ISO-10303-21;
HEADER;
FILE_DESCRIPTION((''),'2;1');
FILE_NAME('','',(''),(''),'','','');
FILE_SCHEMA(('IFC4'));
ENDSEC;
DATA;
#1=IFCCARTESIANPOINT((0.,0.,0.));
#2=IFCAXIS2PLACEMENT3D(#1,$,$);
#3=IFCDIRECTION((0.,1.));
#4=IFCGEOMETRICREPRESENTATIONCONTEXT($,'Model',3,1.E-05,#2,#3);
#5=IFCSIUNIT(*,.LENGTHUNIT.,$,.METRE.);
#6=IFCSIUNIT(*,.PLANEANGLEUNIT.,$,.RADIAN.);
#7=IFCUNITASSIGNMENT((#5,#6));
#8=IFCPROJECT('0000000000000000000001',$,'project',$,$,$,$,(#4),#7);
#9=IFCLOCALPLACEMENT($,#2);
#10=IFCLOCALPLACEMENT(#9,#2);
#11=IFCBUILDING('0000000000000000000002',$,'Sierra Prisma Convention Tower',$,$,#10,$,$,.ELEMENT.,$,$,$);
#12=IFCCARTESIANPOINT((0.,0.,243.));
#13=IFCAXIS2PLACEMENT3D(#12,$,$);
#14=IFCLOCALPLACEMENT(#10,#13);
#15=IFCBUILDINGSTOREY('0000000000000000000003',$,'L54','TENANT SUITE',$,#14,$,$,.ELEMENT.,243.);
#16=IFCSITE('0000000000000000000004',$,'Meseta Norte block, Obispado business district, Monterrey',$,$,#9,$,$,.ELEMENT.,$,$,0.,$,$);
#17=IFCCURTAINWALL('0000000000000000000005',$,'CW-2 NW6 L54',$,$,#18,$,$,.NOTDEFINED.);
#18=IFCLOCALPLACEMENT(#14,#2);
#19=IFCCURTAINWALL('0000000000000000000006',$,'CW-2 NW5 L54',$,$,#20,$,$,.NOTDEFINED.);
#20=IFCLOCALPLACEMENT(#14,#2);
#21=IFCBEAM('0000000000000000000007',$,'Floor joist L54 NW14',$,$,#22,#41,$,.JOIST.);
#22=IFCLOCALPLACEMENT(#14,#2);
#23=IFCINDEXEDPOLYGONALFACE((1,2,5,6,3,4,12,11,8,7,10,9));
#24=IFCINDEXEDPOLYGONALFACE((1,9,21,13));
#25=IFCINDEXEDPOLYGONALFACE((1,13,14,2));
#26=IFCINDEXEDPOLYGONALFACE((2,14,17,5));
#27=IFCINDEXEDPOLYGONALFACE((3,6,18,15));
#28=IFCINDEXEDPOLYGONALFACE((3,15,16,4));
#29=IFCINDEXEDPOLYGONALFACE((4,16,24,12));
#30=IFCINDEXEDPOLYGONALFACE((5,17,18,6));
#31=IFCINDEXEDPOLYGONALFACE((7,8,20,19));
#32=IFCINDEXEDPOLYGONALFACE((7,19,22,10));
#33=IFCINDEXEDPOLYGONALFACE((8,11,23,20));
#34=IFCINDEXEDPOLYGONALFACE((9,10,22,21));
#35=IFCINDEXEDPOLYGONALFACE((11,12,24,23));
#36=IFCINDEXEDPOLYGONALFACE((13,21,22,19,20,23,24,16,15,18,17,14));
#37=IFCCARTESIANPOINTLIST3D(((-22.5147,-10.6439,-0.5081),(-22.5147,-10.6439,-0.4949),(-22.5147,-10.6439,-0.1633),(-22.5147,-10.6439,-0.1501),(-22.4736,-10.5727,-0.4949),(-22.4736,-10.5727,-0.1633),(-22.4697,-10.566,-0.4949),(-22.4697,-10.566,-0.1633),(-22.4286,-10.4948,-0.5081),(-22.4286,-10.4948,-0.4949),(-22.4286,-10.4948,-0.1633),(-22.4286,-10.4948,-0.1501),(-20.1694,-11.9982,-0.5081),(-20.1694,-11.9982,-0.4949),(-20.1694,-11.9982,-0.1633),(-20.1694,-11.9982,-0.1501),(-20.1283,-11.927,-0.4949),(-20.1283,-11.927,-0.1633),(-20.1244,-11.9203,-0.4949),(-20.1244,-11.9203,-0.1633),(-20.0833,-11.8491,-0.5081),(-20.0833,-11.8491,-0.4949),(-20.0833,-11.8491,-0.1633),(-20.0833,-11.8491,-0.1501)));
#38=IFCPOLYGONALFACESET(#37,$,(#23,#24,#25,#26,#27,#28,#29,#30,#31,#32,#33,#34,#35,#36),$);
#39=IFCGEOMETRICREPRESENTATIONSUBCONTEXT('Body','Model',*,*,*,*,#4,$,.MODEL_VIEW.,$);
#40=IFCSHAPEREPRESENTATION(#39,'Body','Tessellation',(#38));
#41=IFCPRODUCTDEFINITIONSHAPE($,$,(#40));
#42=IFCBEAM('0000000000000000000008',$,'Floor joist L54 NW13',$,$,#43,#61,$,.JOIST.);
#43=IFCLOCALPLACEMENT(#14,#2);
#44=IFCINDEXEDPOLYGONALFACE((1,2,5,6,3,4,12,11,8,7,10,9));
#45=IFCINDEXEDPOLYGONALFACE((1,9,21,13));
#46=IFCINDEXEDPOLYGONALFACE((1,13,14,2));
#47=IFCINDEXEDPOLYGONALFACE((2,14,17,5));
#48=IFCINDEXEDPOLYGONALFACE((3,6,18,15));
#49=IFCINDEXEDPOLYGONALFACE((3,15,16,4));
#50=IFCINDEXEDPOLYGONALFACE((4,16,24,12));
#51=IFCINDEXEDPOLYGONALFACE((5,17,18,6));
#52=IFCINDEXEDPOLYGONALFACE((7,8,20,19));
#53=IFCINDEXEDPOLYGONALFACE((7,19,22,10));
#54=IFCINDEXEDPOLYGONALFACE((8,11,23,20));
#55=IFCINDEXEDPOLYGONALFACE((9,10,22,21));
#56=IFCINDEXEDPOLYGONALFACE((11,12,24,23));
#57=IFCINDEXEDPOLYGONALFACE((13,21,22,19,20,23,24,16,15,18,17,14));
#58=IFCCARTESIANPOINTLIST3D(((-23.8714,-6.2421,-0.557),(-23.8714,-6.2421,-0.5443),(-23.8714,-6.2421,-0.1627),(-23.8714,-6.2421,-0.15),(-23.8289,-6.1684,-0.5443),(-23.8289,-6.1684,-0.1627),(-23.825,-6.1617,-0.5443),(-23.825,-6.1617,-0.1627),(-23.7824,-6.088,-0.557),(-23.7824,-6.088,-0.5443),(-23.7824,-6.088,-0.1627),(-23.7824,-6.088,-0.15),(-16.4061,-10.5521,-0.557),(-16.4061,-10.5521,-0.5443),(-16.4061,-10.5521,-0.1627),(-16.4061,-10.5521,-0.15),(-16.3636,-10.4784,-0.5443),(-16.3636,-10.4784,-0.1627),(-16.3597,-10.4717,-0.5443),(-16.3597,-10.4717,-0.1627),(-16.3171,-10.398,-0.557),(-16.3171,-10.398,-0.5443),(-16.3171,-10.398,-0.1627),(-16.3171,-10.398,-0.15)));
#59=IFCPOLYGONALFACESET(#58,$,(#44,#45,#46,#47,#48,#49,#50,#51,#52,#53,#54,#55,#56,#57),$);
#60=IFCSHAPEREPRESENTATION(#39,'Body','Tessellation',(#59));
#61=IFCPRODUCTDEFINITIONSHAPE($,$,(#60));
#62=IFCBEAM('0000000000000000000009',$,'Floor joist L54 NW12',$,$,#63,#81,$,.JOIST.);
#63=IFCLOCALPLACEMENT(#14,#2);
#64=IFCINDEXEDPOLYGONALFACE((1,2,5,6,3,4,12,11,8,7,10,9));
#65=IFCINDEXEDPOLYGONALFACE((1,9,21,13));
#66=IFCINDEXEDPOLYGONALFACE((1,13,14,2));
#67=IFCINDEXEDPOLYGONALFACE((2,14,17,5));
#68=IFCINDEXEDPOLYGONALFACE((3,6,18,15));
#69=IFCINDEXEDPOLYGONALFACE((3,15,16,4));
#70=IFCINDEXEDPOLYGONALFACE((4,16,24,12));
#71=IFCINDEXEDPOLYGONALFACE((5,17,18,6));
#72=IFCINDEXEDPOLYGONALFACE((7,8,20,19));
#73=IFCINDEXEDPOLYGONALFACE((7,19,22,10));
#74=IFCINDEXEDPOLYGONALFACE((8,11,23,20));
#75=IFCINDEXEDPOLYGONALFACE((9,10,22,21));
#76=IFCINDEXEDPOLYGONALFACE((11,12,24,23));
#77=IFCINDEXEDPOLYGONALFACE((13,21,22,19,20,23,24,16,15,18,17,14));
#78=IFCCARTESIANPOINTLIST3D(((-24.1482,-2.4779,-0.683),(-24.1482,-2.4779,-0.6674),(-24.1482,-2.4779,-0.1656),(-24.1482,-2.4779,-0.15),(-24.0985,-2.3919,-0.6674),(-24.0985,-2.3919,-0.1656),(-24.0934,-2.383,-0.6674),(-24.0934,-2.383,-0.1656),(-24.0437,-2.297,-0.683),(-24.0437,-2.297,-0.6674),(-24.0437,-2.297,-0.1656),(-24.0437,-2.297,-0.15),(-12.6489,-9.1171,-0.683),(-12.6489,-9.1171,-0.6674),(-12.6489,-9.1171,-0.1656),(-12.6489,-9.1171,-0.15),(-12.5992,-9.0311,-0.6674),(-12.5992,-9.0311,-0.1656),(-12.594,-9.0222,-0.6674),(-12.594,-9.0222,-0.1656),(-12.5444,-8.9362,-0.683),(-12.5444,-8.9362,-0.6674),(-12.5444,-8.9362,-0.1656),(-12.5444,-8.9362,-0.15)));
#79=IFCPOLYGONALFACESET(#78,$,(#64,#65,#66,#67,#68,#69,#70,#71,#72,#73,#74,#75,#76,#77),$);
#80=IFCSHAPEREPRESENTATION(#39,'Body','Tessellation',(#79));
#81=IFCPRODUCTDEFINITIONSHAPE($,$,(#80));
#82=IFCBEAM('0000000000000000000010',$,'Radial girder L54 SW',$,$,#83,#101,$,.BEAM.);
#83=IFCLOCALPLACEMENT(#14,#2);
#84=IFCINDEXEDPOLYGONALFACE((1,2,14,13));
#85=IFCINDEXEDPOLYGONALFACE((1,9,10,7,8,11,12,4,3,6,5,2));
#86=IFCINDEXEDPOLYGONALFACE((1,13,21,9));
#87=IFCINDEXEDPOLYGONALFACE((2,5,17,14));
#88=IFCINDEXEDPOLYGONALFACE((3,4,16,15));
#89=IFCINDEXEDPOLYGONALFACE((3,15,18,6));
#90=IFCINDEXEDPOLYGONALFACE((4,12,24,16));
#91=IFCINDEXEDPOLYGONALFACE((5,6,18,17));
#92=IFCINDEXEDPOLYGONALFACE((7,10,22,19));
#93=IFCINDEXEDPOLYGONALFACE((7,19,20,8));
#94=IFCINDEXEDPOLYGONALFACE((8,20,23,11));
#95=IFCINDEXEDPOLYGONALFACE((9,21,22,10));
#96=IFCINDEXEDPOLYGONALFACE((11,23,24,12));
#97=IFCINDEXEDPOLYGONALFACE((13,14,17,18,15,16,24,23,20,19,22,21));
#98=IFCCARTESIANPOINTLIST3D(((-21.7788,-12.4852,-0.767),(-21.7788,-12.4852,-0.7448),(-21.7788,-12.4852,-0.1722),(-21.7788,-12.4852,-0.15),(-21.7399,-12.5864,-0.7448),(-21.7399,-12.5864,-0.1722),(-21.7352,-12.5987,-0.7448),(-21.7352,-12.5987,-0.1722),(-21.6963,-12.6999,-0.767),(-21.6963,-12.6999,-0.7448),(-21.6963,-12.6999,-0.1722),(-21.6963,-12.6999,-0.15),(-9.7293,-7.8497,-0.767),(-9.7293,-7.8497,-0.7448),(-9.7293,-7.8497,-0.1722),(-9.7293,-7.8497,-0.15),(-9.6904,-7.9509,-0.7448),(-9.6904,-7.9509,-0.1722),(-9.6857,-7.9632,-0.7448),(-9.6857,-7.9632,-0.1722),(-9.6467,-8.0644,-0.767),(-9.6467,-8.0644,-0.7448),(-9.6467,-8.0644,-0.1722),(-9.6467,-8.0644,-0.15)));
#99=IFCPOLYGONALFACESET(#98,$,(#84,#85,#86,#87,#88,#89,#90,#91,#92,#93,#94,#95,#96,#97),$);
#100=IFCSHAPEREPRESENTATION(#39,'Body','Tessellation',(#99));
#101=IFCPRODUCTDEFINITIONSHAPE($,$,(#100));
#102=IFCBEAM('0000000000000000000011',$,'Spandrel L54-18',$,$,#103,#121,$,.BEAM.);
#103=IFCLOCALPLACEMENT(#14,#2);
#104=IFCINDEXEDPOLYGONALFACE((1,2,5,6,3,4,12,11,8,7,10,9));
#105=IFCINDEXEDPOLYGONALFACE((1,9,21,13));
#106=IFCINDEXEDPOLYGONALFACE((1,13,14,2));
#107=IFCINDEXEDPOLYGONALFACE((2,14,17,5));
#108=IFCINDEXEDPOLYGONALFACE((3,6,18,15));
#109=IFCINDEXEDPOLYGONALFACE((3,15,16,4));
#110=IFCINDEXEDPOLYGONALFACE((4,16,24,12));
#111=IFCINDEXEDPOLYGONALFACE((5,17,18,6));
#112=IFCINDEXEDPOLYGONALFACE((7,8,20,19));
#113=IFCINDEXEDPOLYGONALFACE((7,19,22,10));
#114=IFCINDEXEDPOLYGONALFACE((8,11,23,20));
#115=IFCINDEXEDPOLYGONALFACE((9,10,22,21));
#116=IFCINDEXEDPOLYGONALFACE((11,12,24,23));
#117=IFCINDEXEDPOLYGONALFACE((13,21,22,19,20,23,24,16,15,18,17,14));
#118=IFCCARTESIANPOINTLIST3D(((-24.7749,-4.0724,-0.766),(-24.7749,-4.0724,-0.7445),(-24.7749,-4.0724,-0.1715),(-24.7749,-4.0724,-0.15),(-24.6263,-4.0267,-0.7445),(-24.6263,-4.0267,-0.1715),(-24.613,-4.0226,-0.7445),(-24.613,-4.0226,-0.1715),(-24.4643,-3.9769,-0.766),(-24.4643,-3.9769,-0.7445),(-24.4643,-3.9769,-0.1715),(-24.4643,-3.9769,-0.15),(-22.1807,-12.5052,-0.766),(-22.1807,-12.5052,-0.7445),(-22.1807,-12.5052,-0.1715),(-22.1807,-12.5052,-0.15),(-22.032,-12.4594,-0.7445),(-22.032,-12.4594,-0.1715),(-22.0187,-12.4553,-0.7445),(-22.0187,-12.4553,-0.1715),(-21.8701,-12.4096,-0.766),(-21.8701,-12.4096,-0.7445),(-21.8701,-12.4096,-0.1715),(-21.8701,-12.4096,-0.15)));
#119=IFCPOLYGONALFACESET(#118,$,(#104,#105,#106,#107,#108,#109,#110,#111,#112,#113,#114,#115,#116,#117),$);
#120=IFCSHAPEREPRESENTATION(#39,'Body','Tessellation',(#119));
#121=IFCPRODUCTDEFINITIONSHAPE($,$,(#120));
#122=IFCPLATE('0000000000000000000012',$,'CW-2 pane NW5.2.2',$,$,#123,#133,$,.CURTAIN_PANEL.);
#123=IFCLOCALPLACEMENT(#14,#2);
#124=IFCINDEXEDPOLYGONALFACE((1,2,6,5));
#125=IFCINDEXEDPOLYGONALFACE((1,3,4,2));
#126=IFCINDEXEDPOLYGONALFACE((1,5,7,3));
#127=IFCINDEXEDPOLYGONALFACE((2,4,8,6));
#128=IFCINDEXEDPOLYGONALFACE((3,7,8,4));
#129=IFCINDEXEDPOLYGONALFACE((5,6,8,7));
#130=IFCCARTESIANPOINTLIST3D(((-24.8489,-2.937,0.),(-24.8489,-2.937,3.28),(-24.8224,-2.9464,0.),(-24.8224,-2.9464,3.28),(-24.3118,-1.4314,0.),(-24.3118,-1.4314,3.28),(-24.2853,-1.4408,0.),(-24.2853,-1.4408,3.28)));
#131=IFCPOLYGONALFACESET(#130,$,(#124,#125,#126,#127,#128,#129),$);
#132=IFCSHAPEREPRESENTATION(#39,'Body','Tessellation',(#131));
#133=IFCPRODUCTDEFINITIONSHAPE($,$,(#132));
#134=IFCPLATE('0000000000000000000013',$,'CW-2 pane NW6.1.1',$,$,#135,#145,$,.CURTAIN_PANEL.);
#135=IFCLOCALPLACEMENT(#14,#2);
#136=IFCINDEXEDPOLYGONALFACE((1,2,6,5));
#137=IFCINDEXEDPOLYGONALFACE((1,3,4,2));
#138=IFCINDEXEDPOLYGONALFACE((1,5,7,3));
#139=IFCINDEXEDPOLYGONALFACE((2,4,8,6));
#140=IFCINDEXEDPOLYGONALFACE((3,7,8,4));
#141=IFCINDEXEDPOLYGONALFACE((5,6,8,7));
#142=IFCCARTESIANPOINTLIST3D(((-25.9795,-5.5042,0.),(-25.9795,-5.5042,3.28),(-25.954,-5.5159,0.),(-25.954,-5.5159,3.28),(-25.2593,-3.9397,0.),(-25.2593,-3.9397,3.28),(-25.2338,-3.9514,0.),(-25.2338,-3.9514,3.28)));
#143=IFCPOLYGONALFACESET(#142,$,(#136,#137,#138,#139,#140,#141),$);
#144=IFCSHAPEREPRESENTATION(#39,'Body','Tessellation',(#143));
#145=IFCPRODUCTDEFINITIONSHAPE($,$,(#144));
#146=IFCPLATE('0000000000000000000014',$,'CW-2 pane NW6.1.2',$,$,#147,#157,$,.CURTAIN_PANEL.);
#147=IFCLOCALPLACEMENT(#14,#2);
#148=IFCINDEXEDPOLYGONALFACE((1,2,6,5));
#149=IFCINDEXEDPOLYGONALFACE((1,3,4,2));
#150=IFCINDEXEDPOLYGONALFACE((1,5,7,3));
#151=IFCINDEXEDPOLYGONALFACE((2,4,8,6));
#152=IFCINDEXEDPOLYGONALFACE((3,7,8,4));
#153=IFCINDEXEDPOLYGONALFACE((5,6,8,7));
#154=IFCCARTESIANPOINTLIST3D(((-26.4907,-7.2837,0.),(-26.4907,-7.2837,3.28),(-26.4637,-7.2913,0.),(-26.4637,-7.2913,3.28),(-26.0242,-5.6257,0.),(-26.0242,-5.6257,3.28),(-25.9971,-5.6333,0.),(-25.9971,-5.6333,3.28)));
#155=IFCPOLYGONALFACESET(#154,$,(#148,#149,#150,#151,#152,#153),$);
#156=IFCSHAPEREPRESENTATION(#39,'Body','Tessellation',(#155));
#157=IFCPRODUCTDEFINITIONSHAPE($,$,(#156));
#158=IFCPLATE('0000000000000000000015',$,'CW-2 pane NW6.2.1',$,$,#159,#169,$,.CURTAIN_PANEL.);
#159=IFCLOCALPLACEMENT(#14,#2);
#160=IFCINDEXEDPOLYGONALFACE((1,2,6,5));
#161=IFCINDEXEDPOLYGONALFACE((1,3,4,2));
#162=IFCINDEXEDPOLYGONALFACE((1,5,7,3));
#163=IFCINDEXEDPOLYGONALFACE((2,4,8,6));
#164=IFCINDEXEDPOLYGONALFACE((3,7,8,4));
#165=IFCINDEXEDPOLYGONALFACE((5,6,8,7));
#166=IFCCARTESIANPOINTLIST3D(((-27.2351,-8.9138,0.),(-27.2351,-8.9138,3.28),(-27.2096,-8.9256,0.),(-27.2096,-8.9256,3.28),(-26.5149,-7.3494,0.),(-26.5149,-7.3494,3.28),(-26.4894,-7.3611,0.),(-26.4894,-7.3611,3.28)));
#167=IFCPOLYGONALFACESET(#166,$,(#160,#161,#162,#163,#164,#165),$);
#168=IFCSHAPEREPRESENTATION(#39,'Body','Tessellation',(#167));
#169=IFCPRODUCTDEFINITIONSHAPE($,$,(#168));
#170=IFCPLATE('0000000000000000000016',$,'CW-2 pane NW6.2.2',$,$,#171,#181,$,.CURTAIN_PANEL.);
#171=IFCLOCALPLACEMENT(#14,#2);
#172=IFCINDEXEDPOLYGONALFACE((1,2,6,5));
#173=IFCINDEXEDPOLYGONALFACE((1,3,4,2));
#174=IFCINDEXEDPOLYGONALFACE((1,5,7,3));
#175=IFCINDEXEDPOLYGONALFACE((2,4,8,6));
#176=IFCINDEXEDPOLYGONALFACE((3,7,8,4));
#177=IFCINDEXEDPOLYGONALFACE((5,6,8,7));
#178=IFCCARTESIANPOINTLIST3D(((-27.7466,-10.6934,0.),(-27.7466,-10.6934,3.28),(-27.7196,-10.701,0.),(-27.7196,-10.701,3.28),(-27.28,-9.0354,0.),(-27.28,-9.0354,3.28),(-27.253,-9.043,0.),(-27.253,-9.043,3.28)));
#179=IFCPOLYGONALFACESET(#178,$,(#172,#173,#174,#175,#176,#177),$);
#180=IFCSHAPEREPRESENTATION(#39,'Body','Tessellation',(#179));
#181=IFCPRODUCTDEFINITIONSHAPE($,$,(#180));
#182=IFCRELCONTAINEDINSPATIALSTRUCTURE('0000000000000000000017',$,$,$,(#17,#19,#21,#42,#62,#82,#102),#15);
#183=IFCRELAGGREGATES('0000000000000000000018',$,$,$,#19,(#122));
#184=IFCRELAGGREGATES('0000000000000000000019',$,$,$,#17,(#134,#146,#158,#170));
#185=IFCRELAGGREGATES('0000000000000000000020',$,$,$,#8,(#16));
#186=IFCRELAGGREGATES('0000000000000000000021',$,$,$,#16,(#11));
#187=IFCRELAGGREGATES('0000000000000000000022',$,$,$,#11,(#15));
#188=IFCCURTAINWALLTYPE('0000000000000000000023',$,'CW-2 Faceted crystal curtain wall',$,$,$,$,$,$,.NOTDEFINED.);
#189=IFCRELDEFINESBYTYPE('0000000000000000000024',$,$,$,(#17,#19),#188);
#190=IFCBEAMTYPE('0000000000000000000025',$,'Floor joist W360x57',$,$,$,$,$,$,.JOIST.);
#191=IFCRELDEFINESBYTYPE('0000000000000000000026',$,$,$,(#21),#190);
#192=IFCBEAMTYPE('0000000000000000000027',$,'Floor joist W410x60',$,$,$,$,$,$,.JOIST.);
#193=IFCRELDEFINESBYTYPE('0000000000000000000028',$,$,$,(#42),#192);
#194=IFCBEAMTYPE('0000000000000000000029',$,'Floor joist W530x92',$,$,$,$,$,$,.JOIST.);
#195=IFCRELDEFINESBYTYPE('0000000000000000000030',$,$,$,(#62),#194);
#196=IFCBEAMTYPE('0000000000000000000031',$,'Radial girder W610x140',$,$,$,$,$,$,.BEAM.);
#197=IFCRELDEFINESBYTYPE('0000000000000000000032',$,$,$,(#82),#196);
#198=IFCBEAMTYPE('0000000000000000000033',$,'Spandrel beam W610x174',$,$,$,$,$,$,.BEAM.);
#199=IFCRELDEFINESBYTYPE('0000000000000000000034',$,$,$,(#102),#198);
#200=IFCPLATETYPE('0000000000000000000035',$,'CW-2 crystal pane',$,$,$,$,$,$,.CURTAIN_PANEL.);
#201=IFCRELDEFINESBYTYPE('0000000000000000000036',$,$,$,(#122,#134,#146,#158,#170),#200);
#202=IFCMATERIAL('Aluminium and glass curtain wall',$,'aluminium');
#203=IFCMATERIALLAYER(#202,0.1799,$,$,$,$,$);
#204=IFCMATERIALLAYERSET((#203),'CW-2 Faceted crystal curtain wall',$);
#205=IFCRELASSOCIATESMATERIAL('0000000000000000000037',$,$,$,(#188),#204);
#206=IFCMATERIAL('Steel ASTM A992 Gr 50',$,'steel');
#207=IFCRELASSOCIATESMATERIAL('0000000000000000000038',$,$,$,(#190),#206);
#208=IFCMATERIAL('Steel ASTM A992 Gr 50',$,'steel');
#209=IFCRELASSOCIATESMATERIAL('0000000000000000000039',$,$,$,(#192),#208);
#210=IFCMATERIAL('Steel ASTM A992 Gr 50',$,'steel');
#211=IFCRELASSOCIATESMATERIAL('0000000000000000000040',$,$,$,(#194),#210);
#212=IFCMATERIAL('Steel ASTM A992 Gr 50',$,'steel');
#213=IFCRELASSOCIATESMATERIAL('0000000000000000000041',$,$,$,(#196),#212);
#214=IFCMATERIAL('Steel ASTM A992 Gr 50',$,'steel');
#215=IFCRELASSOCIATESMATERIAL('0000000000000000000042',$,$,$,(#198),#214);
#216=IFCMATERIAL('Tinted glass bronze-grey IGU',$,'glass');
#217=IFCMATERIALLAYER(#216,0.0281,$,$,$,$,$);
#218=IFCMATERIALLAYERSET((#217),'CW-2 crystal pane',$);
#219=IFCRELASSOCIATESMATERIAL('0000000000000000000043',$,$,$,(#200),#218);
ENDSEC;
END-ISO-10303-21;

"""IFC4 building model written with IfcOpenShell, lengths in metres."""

from ifc_helpers import new_model, si_unit, direction, frame, origin, origin_2d, place, context, subcontext, project, spatial, polyline, i_section, outline, extrude, material, layer, layer_set, material_profile, profile_set, type_object, element, aggregate, save


model = new_model("IFC4")

# Units and contexts
model_context = context("Model", 3, precision=1e-05, world=origin(), true_north=direction((0.0, 1.0)))
body_context = subcontext(model_context, "Body", "Model", "MODEL_VIEW")
ifc_project = project(units=[si_unit("LENGTHUNIT", "METRE"), si_unit("PLANEANGLEUNIT", "RADIAN")], contexts=[model_context])

# Site, building, storey
site_placement = place(None, origin())
site = spatial("IfcSite", under=ifc_project, at=site_placement, Name="Meseta Norte block, Obispado business district, Monterrey", CompositionType="ELEMENT", RefElevation=0.0)
building_placement = place(site_placement, origin())
building = spatial("IfcBuilding", under=site, at=building_placement, Name="Sierra Prisma Convention Tower", CompositionType="ELEMENT")
storey_placement = place(building_placement, frame((0.0, 0.0, 243.0)))
storey = spatial("IfcBuildingStorey", under=building, at=storey_placement, Name="L54", Description="TENANT SUITE", CompositionType="ELEMENT", Elevation=243.0)

# Curtain wall
ifc_material_1 = material(Name="Aluminium and glass curtain wall", Category="aluminium")
ifc_layer_1 = layer(ifc_material_1, 0.1799)
ifc_layer_set_1 = layer_set([ifc_layer_1], Name="CW-2 Faceted crystal curtain wall")
curtain_wall_type = type_object("IfcCurtainWallType", Name="CW-2 Faceted crystal curtain wall", PredefinedType="NOTDEFINED", material=ifc_layer_set_1)
curtain_wall_1_placement = place(storey_placement, origin())
curtain_wall_1 = element("IfcCurtainWall", 1, at=curtain_wall_1_placement, inside=storey, type_object=curtain_wall_type, Name="CW-2 NW6 L54", PredefinedType="NOTDEFINED")

# Curtain wall
curtain_wall_2_placement = place(storey_placement, origin())
curtain_wall_2 = element("IfcCurtainWall", 2, at=curtain_wall_2_placement, inside=storey, type_object=curtain_wall_type, Name="CW-2 NW5 L54", PredefinedType="NOTDEFINED")

# Beams
ifc_material_2 = material(Name="Steel ASTM A992 Gr 50", Category="steel")
ifc_material_profile_1 = material_profile(ifc_material_2, i_section(OverallWidth=0.1721, OverallDepth=0.3579, WebThickness=0.0078, FlangeThickness=0.0132, at=origin_2d()), Name="W360x57")
ifc_profile_set_1 = profile_set([ifc_material_profile_1], Name="Steel ASTM A992 Gr 50")
beam_type_1 = type_object("IfcBeamType", Name="Floor joist W360x57", PredefinedType="JOIST", material=ifc_profile_set_1)
beam_1_placement = place(storey_placement, frame((-22.4717, -10.5693, -0.3291), z_axis=(0.865987, -0.500066, 0.0), x_axis=(0.500066, 0.865987, 0.0)))
element("IfcBeam", 3, at=beam_1_placement, inside=storey, type_object=beam_type_1, Name="Floor joist L54 NW14", PredefinedType="JOIST", context=body_context, shape_type="SweptSolid", body=[
    extrude(i_section(OverallWidth=0.1721, OverallDepth=0.3579, WebThickness=0.0078, FlangeThickness=0.0132, at=origin_2d()), origin(), (0.0, 0.0, 1.0), 2.7083),
])
ifc_material_3 = material(Name="Steel ASTM A992 Gr 50", Category="steel")
ifc_material_profile_2 = material_profile(ifc_material_3, i_section(OverallWidth=0.178, OverallDepth=0.407, WebThickness=0.0078, FlangeThickness=0.0127, at=origin_2d()), Name="W410x60")
ifc_profile_set_2 = profile_set([ifc_material_profile_2], Name="Steel ASTM A992 Gr 50")
beam_type_2 = type_object("IfcBeamType", Name="Floor joist W410x60", PredefinedType="JOIST", material=ifc_profile_set_2)
beam_2_placement = place(storey_placement, frame((-23.8269, -6.165, -0.3535), z_axis=(0.866028, -0.499995, 0.0), x_axis=(0.499995, 0.866028, 0.0)))
element("IfcBeam", 4, at=beam_2_placement, inside=storey, type_object=beam_type_2, Name="Floor joist L54 NW13", PredefinedType="JOIST", context=body_context, shape_type="SweptSolid", body=[
    extrude(i_section(OverallWidth=0.178, OverallDepth=0.407, WebThickness=0.0078, FlangeThickness=0.0127, at=origin_2d()), origin(), (0.0, 0.0, 1.0), 8.6201),
])
ifc_material_4 = material(Name="Steel ASTM A992 Gr 50", Category="steel")
ifc_material_profile_3 = material_profile(ifc_material_4, i_section(OverallWidth=0.209, OverallDepth=0.533, WebThickness=0.0103, FlangeThickness=0.0156, at=origin_2d()), Name="W530x92")
ifc_profile_set_3 = profile_set([ifc_material_profile_3], Name="Steel ASTM A992 Gr 50")
beam_type_3 = type_object("IfcBeamType", Name="Floor joist W530x92", PredefinedType="JOIST", material=ifc_profile_set_3)
beam_3_placement = place(storey_placement, frame((-24.0959, -2.3875, -0.4165), z_axis=(0.866024, -0.500003, 0.0), x_axis=(0.500003, 0.866024, 0.0)))
element("IfcBeam", 5, at=beam_3_placement, inside=storey, type_object=beam_type_3, Name="Floor joist L54 NW12", PredefinedType="JOIST", context=body_context, shape_type="SweptSolid", body=[
    extrude(i_section(OverallWidth=0.209, OverallDepth=0.533, WebThickness=0.0103, FlangeThickness=0.0156, at=origin_2d()), origin(), (0.0, 0.0, 1.0), 13.2783),
])
ifc_material_5 = material(Name="Steel ASTM A992 Gr 50", Category="steel")
ifc_material_profile_4 = material_profile(ifc_material_5, i_section(OverallWidth=0.23, OverallDepth=0.6169, WebThickness=0.0132, FlangeThickness=0.0222, at=origin_2d()), Name="W610x140")
ifc_profile_set_4 = profile_set([ifc_material_profile_4], Name="Steel ASTM A992 Gr 50")
beam_type_4 = type_object("IfcBeamType", Name="Radial girder W610x140", PredefinedType="BEAM", material=ifc_profile_set_4)
beam_4_placement = place(storey_placement, frame((-21.7375, -12.5925, -0.4585), z_axis=(0.933318, 0.35905, 0.0), x_axis=(-0.35905, 0.933318, 0.0)))
element("IfcBeam", 6, at=beam_4_placement, inside=storey, type_object=beam_type_4, Name="Radial girder L54 SW", PredefinedType="BEAM", context=body_context, shape_type="SweptSolid", body=[
    extrude(i_section(OverallWidth=0.23, OverallDepth=0.6169, WebThickness=0.0132, FlangeThickness=0.0222, at=origin_2d()), origin(), (0.0, 0.0, 1.0), 12.9104),
])
ifc_material_6 = material(Name="Steel ASTM A992 Gr 50", Category="steel")
ifc_material_profile_5 = material_profile(ifc_material_6, i_section(OverallWidth=0.325, OverallDepth=0.616, WebThickness=0.0139, FlangeThickness=0.0215, at=origin_2d()), Name="W610x174")
ifc_profile_set_5 = profile_set([ifc_material_profile_5], Name="Steel ASTM A992 Gr 50")
beam_type_5 = type_object("IfcBeamType", Name="Spandrel beam W610x174", PredefinedType="BEAM", material=ifc_profile_set_5)
beam_5_placement = place(storey_placement, frame((-24.6196, -4.0247, -0.458), z_axis=(0.294043, -0.955792, 0.0), x_axis=(0.955792, 0.294043, 0.0)))
element("IfcBeam", 7, at=beam_5_placement, inside=storey, type_object=beam_type_5, Name="Spandrel L54-18", PredefinedType="BEAM", context=body_context, shape_type="SweptSolid", body=[
    extrude(i_section(OverallWidth=0.325, OverallDepth=0.616, WebThickness=0.0139, FlangeThickness=0.0215, at=origin_2d()), origin(), (0.0, 0.0, 1.0), 8.8228),
])

# Plates
ifc_material_7 = material(Name="Tinted glass bronze-grey IGU", Category="glass")
ifc_layer_2 = layer(ifc_material_7, 0.0281)
ifc_layer_set_2 = layer_set([ifc_layer_2], Name="CW-2 crystal pane")
plate_type = type_object("IfcPlateType", Name="CW-2 crystal pane", PredefinedType="CURTAIN_PANEL", material=ifc_layer_set_2)
plate_1_placement = place(storey_placement, frame((-24.8489, -2.937, 0.0), z_axis=(-0.941863, 0.335998, 0.0), x_axis=(0.335998, 0.941863, 0.0)))
plate_1 = element("IfcPlate", 8, at=plate_1_placement, type_object=plate_type, Name="CW-2 pane NW5.2.2", PredefinedType="CURTAIN_PANEL", context=body_context, shape_type="SweptSolid", body=[
    extrude(outline(polyline([(0.0, 0.0), (1.5986, 0.0), (1.5986, -3.28), (0.0, -3.28), (0.0, 0.0)])), origin(), (0.0, 0.0, -1.0), 0.0281),
])
aggregate(curtain_wall_2, [plate_1])
plate_2_placement = place(storey_placement, frame((-25.2593, -3.9397, 0.0), z_axis=(-0.908366, 0.418177, 0.0), x_axis=(-0.418177, -0.908366, 0.0)))
plate_2 = element("IfcPlate", 9, at=plate_2_placement, type_object=plate_type, Name="CW-2 pane NW6.1.1", PredefinedType="CURTAIN_PANEL", context=body_context, shape_type="SweptSolid", body=[
    extrude(outline(polyline([(0.0, 0.0), (1.7223, 0.0), (1.7223, 3.28), (0.0, 3.28), (0.0, 0.0)])), origin(), (0.0, 0.0, -1.0), 0.0281),
])
plate_3_placement = place(storey_placement, frame((-26.4907, -7.2837, 0.0), z_axis=(-0.962613, 0.270881, 0.0), x_axis=(0.270881, 0.962613, 0.0)))
plate_3 = element("IfcPlate", 10, at=plate_3_placement, type_object=plate_type, Name="CW-2 pane NW6.1.2", PredefinedType="CURTAIN_PANEL", context=body_context, shape_type="SweptSolid", body=[
    extrude(outline(polyline([(0.0, 0.0), (1.7224, 0.0), (1.7224, -3.28), (0.0, -3.28), (0.0, 0.0)])), origin(), (0.0, 0.0, -1.0), 0.0281),
])
plate_4_placement = place(storey_placement, frame((-26.5149, -7.3494, 0.0), z_axis=(-0.908366, 0.418177, 0.0), x_axis=(-0.418177, -0.908366, 0.0)))
plate_4 = element("IfcPlate", 11, at=plate_4_placement, type_object=plate_type, Name="CW-2 pane NW6.2.1", PredefinedType="CURTAIN_PANEL", context=body_context, shape_type="SweptSolid", body=[
    extrude(outline(polyline([(0.0, 0.0), (1.7223, 0.0), (1.7223, 3.28), (0.0, 3.28), (0.0, 0.0)])), origin(), (0.0, 0.0, -1.0), 0.0281),
])
plate_5_placement = place(storey_placement, frame((-27.7466, -10.6934, 0.0), z_axis=(-0.962613, 0.270881, 0.0), x_axis=(0.270881, 0.962613, 0.0)))
plate_5 = element("IfcPlate", 12, at=plate_5_placement, type_object=plate_type, Name="CW-2 pane NW6.2.2", PredefinedType="CURTAIN_PANEL", context=body_context, shape_type="SweptSolid", body=[
    extrude(outline(polyline([(0.0, 0.0), (1.7224, 0.0), (1.7224, -3.28), (0.0, -3.28), (0.0, 0.0)])), origin(), (0.0, 0.0, -1.0), 0.0281),
])
aggregate(curtain_wall_1, [plate_2, plate_3, plate_4, plate_5])

save(model, "model.ifc")
